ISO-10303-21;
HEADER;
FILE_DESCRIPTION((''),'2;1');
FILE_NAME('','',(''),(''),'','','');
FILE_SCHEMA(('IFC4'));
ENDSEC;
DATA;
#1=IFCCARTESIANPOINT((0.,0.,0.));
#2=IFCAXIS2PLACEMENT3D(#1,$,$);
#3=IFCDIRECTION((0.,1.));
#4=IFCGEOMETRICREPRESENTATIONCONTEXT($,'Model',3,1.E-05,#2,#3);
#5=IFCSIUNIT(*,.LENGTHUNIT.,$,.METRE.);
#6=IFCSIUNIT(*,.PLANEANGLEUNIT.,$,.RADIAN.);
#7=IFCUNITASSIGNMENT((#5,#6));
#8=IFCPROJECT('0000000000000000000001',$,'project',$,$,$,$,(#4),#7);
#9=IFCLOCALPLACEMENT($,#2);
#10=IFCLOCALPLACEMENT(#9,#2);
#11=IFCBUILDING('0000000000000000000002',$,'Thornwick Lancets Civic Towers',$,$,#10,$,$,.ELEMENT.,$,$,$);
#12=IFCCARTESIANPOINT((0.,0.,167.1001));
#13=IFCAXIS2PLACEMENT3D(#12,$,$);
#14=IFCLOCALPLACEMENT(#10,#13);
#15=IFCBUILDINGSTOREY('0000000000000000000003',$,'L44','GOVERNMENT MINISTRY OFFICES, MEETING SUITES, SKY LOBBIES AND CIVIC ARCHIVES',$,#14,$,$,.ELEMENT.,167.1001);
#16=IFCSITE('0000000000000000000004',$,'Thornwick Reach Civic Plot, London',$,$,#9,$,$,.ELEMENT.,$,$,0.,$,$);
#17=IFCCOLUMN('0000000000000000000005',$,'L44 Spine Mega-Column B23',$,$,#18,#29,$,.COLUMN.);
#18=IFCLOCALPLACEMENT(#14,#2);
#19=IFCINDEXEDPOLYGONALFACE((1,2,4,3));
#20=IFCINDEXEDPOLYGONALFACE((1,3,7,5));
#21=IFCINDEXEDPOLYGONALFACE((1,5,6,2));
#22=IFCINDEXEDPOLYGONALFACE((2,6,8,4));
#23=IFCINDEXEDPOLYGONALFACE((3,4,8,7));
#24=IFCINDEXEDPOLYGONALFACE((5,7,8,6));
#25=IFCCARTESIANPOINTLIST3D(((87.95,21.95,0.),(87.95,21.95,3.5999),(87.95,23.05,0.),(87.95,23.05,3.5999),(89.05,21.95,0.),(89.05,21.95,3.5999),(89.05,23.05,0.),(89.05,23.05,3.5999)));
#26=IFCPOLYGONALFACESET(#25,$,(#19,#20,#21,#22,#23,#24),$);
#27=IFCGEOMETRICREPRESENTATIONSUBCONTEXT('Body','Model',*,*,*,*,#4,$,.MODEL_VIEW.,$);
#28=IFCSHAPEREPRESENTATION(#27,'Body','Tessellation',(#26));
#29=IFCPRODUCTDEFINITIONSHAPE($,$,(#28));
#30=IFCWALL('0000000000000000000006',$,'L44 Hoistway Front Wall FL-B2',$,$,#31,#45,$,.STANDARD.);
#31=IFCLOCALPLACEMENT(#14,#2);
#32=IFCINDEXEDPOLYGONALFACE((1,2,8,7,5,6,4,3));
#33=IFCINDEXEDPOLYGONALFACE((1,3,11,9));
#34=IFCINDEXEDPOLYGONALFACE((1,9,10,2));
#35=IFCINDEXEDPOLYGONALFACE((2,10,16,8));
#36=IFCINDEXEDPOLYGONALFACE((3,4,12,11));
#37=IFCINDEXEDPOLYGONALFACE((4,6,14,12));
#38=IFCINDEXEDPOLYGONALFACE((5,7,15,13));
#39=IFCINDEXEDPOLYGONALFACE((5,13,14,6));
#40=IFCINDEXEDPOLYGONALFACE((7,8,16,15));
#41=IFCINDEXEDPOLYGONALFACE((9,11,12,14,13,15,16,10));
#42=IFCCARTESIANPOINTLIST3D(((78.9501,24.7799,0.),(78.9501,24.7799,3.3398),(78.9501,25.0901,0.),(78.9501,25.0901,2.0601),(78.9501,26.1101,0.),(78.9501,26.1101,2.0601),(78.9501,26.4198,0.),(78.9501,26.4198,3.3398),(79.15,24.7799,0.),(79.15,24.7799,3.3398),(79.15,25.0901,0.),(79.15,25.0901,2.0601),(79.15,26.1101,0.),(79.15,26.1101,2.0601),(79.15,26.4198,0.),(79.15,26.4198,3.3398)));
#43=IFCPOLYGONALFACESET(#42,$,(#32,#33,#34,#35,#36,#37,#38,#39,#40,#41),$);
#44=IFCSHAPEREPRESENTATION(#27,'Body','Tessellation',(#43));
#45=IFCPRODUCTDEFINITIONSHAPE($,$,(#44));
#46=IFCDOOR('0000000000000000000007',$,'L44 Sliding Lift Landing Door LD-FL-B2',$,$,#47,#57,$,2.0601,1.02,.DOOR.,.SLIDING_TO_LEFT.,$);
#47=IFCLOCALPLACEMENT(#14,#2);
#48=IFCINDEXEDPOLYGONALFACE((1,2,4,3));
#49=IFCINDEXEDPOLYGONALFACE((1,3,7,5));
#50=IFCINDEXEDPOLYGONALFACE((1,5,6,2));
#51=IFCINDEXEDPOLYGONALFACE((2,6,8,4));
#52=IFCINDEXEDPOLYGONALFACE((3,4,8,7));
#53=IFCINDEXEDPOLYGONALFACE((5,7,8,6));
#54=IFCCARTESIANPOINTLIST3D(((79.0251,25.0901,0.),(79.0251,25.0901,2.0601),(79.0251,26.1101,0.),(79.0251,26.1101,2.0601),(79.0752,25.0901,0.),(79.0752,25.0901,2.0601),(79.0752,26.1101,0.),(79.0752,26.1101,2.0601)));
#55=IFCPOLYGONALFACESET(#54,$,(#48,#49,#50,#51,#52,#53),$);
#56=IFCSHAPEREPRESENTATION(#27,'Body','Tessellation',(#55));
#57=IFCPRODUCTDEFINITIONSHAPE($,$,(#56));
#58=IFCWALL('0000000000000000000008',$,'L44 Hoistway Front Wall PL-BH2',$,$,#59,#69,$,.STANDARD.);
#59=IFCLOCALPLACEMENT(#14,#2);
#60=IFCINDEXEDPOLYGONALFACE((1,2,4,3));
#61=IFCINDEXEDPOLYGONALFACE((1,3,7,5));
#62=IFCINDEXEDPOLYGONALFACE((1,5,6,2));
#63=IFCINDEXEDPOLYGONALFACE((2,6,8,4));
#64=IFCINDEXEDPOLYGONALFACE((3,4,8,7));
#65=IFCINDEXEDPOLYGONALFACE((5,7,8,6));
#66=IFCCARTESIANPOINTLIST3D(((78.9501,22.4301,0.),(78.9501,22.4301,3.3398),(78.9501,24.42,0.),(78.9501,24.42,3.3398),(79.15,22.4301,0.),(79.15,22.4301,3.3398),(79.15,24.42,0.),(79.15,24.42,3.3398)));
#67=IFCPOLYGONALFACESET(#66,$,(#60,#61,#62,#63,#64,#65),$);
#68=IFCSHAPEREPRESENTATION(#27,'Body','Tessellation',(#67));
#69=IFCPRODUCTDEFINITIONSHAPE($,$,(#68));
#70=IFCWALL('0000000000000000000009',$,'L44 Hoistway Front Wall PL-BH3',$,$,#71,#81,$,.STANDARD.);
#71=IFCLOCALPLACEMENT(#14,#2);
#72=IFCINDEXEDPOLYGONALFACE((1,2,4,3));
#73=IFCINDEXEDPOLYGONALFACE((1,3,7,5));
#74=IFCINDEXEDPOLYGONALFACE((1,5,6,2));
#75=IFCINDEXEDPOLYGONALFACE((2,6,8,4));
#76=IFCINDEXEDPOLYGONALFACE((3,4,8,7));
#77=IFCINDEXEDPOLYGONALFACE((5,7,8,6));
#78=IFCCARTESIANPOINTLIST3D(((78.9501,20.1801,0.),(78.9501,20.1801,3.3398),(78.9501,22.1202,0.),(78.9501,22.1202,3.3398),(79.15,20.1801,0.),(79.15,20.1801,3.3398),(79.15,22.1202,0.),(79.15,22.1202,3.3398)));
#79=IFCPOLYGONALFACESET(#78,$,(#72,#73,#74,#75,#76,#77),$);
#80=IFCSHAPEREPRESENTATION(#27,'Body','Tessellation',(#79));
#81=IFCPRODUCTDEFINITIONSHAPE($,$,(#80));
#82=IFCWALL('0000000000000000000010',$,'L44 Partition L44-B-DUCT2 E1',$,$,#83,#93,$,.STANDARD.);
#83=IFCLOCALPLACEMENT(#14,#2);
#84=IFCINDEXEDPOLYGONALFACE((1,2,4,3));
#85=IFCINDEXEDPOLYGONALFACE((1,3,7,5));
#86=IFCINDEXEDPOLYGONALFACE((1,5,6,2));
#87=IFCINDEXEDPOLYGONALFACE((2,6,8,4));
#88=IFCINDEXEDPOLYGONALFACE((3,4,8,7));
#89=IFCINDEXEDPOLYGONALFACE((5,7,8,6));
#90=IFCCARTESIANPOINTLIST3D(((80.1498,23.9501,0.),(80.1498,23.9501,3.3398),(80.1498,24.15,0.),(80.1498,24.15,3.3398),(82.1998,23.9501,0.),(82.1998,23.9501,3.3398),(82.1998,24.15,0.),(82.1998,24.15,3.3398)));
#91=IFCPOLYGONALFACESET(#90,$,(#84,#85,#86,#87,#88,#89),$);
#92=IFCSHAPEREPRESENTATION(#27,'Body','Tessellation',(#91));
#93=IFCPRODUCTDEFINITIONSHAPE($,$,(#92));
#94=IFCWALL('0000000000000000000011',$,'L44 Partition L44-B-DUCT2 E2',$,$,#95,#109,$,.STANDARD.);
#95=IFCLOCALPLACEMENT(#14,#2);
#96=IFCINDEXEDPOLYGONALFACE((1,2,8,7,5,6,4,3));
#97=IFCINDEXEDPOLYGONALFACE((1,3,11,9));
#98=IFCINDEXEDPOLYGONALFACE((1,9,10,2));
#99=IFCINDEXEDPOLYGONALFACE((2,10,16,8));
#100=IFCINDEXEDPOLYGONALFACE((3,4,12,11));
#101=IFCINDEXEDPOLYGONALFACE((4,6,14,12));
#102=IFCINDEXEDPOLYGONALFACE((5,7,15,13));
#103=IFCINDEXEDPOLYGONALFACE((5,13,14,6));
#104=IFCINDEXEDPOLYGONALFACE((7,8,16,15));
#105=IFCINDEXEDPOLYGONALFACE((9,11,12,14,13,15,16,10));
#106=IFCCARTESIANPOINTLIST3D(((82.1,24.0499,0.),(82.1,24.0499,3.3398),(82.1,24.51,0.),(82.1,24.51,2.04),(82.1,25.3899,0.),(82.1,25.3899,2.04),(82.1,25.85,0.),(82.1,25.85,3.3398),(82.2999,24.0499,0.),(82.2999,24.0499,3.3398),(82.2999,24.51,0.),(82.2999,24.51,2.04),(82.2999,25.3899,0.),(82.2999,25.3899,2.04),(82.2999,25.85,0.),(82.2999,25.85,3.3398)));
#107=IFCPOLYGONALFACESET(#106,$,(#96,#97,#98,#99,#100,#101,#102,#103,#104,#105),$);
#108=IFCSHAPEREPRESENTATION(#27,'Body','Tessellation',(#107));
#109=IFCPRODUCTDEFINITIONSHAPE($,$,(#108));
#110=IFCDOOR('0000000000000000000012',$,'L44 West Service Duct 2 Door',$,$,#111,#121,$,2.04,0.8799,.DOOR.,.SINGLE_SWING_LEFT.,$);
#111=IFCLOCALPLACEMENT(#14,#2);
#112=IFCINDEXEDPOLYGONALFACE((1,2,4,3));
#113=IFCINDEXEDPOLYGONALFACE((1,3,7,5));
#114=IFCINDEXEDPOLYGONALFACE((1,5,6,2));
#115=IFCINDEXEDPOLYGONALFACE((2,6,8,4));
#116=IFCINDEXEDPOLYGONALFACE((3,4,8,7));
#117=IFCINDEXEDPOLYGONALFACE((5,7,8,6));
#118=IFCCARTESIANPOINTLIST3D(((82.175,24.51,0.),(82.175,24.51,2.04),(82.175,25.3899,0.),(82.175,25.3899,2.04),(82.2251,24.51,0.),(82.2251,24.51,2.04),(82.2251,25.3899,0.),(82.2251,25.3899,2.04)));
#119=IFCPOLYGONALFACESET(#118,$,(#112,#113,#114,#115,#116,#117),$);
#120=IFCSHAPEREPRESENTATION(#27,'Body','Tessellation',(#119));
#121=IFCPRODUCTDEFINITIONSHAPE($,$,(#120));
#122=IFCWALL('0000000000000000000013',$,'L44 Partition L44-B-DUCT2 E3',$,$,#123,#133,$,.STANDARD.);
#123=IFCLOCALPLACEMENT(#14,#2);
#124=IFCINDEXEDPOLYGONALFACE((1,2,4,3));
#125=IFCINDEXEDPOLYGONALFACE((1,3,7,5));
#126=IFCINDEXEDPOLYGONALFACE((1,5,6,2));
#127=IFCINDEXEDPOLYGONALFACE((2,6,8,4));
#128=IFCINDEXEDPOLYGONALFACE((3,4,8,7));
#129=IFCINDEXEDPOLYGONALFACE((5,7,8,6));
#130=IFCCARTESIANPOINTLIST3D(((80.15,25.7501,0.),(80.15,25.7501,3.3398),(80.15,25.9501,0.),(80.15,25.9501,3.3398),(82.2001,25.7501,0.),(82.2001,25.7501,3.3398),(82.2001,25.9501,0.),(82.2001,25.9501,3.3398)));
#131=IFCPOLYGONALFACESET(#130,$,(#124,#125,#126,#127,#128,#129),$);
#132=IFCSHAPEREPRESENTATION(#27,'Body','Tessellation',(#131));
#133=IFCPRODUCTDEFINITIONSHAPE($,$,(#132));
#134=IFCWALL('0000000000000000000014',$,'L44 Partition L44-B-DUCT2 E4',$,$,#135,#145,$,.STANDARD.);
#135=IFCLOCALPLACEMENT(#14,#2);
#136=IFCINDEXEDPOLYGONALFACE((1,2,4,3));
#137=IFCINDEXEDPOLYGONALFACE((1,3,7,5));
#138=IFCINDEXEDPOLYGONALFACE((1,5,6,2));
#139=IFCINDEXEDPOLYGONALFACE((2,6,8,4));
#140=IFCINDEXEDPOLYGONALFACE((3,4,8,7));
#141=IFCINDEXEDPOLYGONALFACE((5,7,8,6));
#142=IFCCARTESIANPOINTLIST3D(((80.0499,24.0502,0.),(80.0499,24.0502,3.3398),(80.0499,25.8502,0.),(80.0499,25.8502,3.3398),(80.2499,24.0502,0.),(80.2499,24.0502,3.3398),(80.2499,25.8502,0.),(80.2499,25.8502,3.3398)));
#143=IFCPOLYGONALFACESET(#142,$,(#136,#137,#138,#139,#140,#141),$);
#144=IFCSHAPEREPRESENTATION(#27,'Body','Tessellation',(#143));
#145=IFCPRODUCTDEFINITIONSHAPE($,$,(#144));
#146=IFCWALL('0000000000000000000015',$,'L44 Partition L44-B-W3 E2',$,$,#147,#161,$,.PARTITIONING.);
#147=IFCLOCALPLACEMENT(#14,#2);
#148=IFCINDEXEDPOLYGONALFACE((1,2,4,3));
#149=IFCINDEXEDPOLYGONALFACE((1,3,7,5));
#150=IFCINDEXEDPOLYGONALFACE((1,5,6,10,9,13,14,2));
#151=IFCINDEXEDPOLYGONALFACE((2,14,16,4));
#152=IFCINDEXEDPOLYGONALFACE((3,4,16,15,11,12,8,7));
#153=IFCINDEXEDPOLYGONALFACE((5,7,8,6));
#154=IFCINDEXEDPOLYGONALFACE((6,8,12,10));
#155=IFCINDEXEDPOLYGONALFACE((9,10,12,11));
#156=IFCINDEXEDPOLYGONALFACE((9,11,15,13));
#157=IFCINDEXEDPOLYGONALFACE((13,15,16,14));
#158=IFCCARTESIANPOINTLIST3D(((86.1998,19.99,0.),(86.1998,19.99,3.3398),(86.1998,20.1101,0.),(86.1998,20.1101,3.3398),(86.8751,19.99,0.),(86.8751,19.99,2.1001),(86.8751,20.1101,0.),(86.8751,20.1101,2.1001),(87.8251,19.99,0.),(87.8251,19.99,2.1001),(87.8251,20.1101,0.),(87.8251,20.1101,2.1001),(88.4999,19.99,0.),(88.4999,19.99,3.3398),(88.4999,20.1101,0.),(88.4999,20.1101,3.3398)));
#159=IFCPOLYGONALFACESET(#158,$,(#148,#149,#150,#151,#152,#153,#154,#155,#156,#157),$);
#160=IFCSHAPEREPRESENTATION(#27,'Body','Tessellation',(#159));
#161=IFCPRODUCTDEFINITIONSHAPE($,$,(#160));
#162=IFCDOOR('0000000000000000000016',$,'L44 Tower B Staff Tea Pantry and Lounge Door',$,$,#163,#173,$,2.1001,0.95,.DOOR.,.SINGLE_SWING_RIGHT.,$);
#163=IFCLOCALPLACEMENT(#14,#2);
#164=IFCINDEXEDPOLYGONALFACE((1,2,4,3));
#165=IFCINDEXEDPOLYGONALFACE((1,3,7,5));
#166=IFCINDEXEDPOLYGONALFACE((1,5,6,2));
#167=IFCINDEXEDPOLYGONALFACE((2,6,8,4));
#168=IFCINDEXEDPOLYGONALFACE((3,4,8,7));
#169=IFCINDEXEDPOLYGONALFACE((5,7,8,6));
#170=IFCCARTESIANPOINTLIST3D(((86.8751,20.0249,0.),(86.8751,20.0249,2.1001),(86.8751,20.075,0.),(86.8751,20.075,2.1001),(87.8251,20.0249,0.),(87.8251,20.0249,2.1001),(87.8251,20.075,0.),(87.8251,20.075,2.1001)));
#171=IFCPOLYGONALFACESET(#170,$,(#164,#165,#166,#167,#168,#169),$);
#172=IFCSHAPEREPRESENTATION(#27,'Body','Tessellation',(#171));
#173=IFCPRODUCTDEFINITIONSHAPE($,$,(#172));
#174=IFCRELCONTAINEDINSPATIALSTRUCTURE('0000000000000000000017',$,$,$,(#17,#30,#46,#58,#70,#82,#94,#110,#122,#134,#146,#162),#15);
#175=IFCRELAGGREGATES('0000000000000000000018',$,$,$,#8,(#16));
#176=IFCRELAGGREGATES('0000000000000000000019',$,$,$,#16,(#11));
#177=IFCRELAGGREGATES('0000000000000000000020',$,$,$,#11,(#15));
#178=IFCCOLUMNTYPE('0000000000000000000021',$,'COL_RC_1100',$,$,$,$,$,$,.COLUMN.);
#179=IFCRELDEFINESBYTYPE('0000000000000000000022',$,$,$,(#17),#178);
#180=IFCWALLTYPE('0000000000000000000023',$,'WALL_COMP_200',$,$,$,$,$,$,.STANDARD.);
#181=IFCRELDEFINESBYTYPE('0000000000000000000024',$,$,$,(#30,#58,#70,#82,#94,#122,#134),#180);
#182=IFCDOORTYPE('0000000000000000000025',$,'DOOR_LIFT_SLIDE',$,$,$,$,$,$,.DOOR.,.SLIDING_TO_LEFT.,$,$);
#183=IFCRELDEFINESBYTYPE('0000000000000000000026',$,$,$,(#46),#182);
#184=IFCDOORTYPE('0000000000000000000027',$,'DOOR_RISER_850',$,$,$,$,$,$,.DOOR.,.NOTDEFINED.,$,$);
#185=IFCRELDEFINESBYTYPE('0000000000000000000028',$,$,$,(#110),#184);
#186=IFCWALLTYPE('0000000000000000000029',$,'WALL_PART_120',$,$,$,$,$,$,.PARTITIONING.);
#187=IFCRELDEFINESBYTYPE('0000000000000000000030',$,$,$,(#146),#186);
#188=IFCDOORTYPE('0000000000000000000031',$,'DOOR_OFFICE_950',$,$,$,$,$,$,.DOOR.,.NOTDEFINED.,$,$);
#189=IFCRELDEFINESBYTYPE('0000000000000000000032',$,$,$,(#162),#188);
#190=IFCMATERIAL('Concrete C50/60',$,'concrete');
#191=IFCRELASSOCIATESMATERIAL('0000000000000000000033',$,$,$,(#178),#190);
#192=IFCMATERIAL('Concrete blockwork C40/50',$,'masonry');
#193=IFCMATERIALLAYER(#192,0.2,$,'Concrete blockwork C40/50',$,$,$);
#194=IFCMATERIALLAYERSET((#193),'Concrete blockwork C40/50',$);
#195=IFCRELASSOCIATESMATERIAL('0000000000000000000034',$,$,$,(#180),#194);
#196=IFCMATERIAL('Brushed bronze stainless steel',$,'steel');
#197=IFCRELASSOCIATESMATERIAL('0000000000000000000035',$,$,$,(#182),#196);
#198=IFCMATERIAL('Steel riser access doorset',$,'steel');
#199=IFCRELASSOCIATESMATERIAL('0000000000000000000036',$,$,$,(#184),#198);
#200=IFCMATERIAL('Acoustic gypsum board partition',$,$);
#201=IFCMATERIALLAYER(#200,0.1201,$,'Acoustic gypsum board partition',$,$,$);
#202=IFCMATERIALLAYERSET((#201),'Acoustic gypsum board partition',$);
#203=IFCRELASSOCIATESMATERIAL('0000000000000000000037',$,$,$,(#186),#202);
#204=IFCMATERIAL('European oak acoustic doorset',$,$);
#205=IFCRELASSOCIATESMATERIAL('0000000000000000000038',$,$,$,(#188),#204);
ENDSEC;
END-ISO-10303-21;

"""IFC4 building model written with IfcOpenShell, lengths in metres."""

from ifc_helpers import new_model, si_unit, direction, frame, frame_2d, origin, origin_2d, place, context, subcontext, project, spatial, rectangle, extrude, material, layer, layer_set, material_profile, profile_set, type_object, element, fill, save


model = new_model("IFC4")

# Units and contexts
model_context = context("Model", 3, precision=1e-05, world=origin(), true_north=direction((0.0, 1.0)))
body_context = subcontext(model_context, "Body", "Model", "MODEL_VIEW")
ifc_project = project(units=[si_unit("LENGTHUNIT", "METRE"), si_unit("PLANEANGLEUNIT", "RADIAN")], contexts=[model_context])

# Site, building, storey
site_placement = place(None, origin())
site = spatial("IfcSite", under=ifc_project, at=site_placement, Name="Thornwick Reach Civic Plot, London", CompositionType="ELEMENT", RefElevation=0.0)
building_placement = place(site_placement, origin())
building = spatial("IfcBuilding", under=site, at=building_placement, Name="Thornwick Lancets Civic Towers", CompositionType="ELEMENT")
storey_placement = place(building_placement, frame((0.0, 0.0, 167.1001)))
storey = spatial("IfcBuildingStorey", under=building, at=storey_placement, Name="L44", Description="GOVERNMENT MINISTRY OFFICES, MEETING SUITES, SKY LOBBIES AND CIVIC ARCHIVES", CompositionType="ELEMENT", Elevation=167.1001)

# Column
ifc_material_1 = material(Name="Concrete C50/60", Category="concrete")
ifc_material_profile = material_profile(ifc_material_1, rectangle(XDim=1.1001, YDim=1.1001, at=origin_2d()), Name="RC 1100x1100")
ifc_profile_set = profile_set([ifc_material_profile], Name="Concrete C50/60")
column_type = type_object("IfcColumnType", Name="COL_RC_1100", PredefinedType="COLUMN", material=ifc_profile_set)
column_placement = place(storey_placement, frame((88.5, 22.5, 0.0), z_axis=(0.0, 0.0, 1.0), x_axis=(1.0, 0.0, 0.0)))
element("IfcColumn", 1, at=column_placement, inside=storey, type_object=column_type, Name="L44 Spine Mega-Column B23", PredefinedType="COLUMN", context=body_context, shape_type="SweptSolid", body=[
    extrude(rectangle(XDim=1.1001, YDim=1.1001, at=origin_2d()), origin(), (0.0, 0.0, 1.0), 3.5999),
])

# Wall, opening, door
ifc_material_2 = material(Name="Concrete blockwork C40/50", Category="masonry")
ifc_layer_1 = layer(ifc_material_2, 0.2, Name="Concrete blockwork C40/50")
ifc_layer_set_1 = layer_set([ifc_layer_1], Name="Concrete blockwork C40/50")
wall_type_1 = type_object("IfcWallType", Name="WALL_COMP_200", PredefinedType="STANDARD", material=ifc_layer_set_1)
wall_1_placement = place(storey_placement, frame((79.05, 24.78, 0.0), z_axis=(0.0, 0.0, 1.0), x_axis=(0.0, 1.0, 0.0)))
wall_1 = element("IfcWall", 2, at=wall_1_placement, inside=storey, type_object=wall_type_1, Name="L44 Hoistway Front Wall FL-B2", PredefinedType="STANDARD", context=body_context, shape_type="SweptSolid", body=[
    extrude(rectangle(XDim=1.6399, YDim=0.2, at=frame_2d((0.8198, 0.0))), origin(), (0.0, 0.0, 1.0), 3.3398),
])
opening_1_placement = place(wall_1_placement, frame((0.3101, 0.0, 0.0)))
opening_1 = element("IfcOpeningElement", 3, at=opening_1_placement, cuts=wall_1, PredefinedType="OPENING", context=body_context, shape_type="SweptSolid", body=[
    extrude(rectangle(XDim=1.02, YDim=2.0601, at=frame_2d((0.51, 1.03))), frame((0.0, 0.1099, 0.0), z_axis=(0.0, -1.0, 0.0), x_axis=(1.0, 0.0, 0.0)), (0.0, 0.0, 1.0), 0.22),
])
ifc_material_3 = material(Name="Brushed bronze stainless steel", Category="steel")
door_type_1 = type_object("IfcDoorType", Name="DOOR_LIFT_SLIDE", OperationType="SLIDING_TO_LEFT", PredefinedType="DOOR", material=ifc_material_3)
door_1_placement = place(opening_1_placement, origin())
door_1 = element("IfcDoor", 4, at=door_1_placement, inside=storey, type_object=door_type_1, Name="L44 Sliding Lift Landing Door LD-FL-B2", OperationType="SLIDING_TO_LEFT", OverallHeight=2.0601, OverallWidth=1.02, PredefinedType="DOOR", context=body_context, shape_type="SweptSolid", body=[
    extrude(rectangle(XDim=1.02, YDim=2.0601, at=frame_2d((0.51, 1.03))), frame((0.0, 0.0249, 0.0), z_axis=(0.0, -1.0, 0.0), x_axis=(1.0, 0.0, 0.0)), (0.0, 0.0, 1.0), 0.05),
])
fill(opening_1, door_1)

# Walls
wall_2_placement = place(storey_placement, frame((79.05, 22.4299, 0.0), z_axis=(0.0, 0.0, 1.0), x_axis=(0.0, 1.0, 0.0)))
element("IfcWall", 5, at=wall_2_placement, inside=storey, type_object=wall_type_1, Name="L44 Hoistway Front Wall PL-BH2", PredefinedType="STANDARD", context=body_context, shape_type="SweptSolid", body=[
    extrude(rectangle(XDim=1.99, YDim=0.2, at=frame_2d((0.9951, 0.0))), origin(), (0.0, 0.0, 1.0), 3.3398),
])
wall_3_placement = place(storey_placement, frame((79.05, 20.1799, 0.0), z_axis=(0.0, 0.0, 1.0), x_axis=(0.0, 1.0, 0.0)))
element("IfcWall", 6, at=wall_3_placement, inside=storey, type_object=wall_type_1, Name="L44 Hoistway Front Wall PL-BH3", PredefinedType="STANDARD", context=body_context, shape_type="SweptSolid", body=[
    extrude(rectangle(XDim=1.9402, YDim=0.2, at=frame_2d((0.9702, 0.0))), origin(), (0.0, 0.0, 1.0), 3.3398),
])
wall_4_placement = place(storey_placement, frame((80.1499, 24.05, 0.0), z_axis=(0.0, 0.0, 1.0), x_axis=(1.0, 0.0, 0.0)))
element("IfcWall", 7, at=wall_4_placement, inside=storey, type_object=wall_type_1, Name="L44 Partition L44-B-DUCT2 E1", PredefinedType="STANDARD", context=body_context, shape_type="SweptSolid", body=[
    extrude(rectangle(XDim=2.05, YDim=0.2, at=frame_2d((1.0249, 0.0))), origin(), (0.0, 0.0, 1.0), 3.3398),
])

# Wall, opening, door
wall_5_placement = place(storey_placement, frame((82.2, 24.05, 0.0), z_axis=(0.0, 0.0, 1.0), x_axis=(0.0, 1.0, 0.0)))
wall_5 = element("IfcWall", 8, at=wall_5_placement, inside=storey, type_object=wall_type_1, Name="L44 Partition L44-B-DUCT2 E2", PredefinedType="STANDARD", context=body_context, shape_type="SweptSolid", body=[
    extrude(rectangle(XDim=1.8, YDim=0.2, at=frame_2d((0.8999, 0.0))), origin(), (0.0, 0.0, 1.0), 3.3398),
])
opening_2_placement = place(wall_5_placement, frame((0.46, 0.0, 0.0)))
opening_2 = element("IfcOpeningElement", 9, at=opening_2_placement, cuts=wall_5, PredefinedType="OPENING", context=body_context, shape_type="SweptSolid", body=[
    extrude(rectangle(XDim=0.8799, YDim=2.04, at=frame_2d((0.4399, 1.02))), frame((0.0, 0.1099, 0.0), z_axis=(0.0, -1.0, 0.0), x_axis=(1.0, 0.0, 0.0)), (0.0, 0.0, 1.0), 0.22),
])
ifc_material_4 = material(Name="Steel riser access doorset", Category="steel")
door_type_2 = type_object("IfcDoorType", Name="DOOR_RISER_850", OperationType="NOTDEFINED", PredefinedType="DOOR", material=ifc_material_4)
door_2_placement = place(opening_2_placement, origin())
door_2 = element("IfcDoor", 10, at=door_2_placement, inside=storey, type_object=door_type_2, Name="L44 West Service Duct 2 Door", OperationType="SINGLE_SWING_LEFT", OverallHeight=2.04, OverallWidth=0.8799, PredefinedType="DOOR", context=body_context, shape_type="SweptSolid", body=[
    extrude(rectangle(XDim=0.8799, YDim=2.04, at=frame_2d((0.4399, 1.02))), frame((0.0, 0.0249, 0.0), z_axis=(0.0, -1.0, 0.0), x_axis=(1.0, 0.0, 0.0)), (0.0, 0.0, 1.0), 0.05),
])
fill(opening_2, door_2)

# Walls
wall_6_placement = place(storey_placement, frame((82.2, 25.8501, 0.0), z_axis=(0.0, 0.0, 1.0), x_axis=(-1.0, 0.0, 0.0)))
element("IfcWall", 11, at=wall_6_placement, inside=storey, type_object=wall_type_1, Name="L44 Partition L44-B-DUCT2 E3", PredefinedType="STANDARD", context=body_context, shape_type="SweptSolid", body=[
    extrude(rectangle(XDim=2.05, YDim=0.2, at=frame_2d((1.0249, 0.0))), origin(), (0.0, 0.0, 1.0), 3.3398),
])
wall_7_placement = place(storey_placement, frame((80.1499, 25.8501, 0.0), z_axis=(0.0, 0.0, 1.0), x_axis=(0.0, -1.0, 0.0)))
element("IfcWall", 12, at=wall_7_placement, inside=storey, type_object=wall_type_1, Name="L44 Partition L44-B-DUCT2 E4", PredefinedType="STANDARD", context=body_context, shape_type="SweptSolid", body=[
    extrude(rectangle(XDim=1.8, YDim=0.2, at=frame_2d((0.8999, 0.0))), origin(), (0.0, 0.0, 1.0), 3.3398),
])

# Wall, opening, door
ifc_material_5 = material(Name="Acoustic gypsum board partition")
ifc_layer_2 = layer(ifc_material_5, 0.1201, Name="Acoustic gypsum board partition")
ifc_layer_set_2 = layer_set([ifc_layer_2], Name="Acoustic gypsum board partition")
wall_type_2 = type_object("IfcWallType", Name="WALL_PART_120", PredefinedType="PARTITIONING", material=ifc_layer_set_2)
wall_8_placement = place(storey_placement, frame((86.2, 20.05, 0.0), z_axis=(0.0, 0.0, 1.0), x_axis=(1.0, 0.0, 0.0)))
wall_8 = element("IfcWall", 13, at=wall_8_placement, inside=storey, type_object=wall_type_2, Name="L44 Partition L44-B-W3 E2", PredefinedType="PARTITIONING", context=body_context, shape_type="SweptSolid", body=[
    extrude(rectangle(XDim=2.3, YDim=0.1201, at=frame_2d((1.1499, 0.0))), origin(), (0.0, 0.0, 1.0), 3.3398),
])
opening_3_placement = place(wall_8_placement, frame((0.675, 0.0, 0.0)))
opening_3 = element("IfcOpeningElement", 14, at=opening_3_placement, cuts=wall_8, PredefinedType="OPENING", context=body_context, shape_type="SweptSolid", body=[
    extrude(rectangle(XDim=0.95, YDim=2.1001, at=frame_2d((0.4751, 1.05))), frame((0.0, 0.0701, 0.0), z_axis=(0.0, -1.0, 0.0), x_axis=(1.0, 0.0, 0.0)), (0.0, 0.0, 1.0), 0.1401),
])
ifc_material_6 = material(Name="European oak acoustic doorset")
door_type_3 = type_object("IfcDoorType", Name="DOOR_OFFICE_950", OperationType="NOTDEFINED", PredefinedType="DOOR", material=ifc_material_6)
door_3_placement = place(opening_3_placement, origin())
door_3 = element("IfcDoor", 15, at=door_3_placement, inside=storey, type_object=door_type_3, Name="L44 Tower B Staff Tea Pantry and Lounge Door", OperationType="SINGLE_SWING_RIGHT", OverallHeight=2.1001, OverallWidth=0.95, PredefinedType="DOOR", context=body_context, shape_type="SweptSolid", body=[
    extrude(rectangle(XDim=0.95, YDim=2.1001, at=frame_2d((0.4751, 1.05))), frame((0.0, 0.0249, 0.0), z_axis=(0.0, -1.0, 0.0), x_axis=(1.0, 0.0, 0.0)), (0.0, 0.0, 1.0), 0.05),
])
fill(opening_3, door_3)

save(model, "model.ifc")
